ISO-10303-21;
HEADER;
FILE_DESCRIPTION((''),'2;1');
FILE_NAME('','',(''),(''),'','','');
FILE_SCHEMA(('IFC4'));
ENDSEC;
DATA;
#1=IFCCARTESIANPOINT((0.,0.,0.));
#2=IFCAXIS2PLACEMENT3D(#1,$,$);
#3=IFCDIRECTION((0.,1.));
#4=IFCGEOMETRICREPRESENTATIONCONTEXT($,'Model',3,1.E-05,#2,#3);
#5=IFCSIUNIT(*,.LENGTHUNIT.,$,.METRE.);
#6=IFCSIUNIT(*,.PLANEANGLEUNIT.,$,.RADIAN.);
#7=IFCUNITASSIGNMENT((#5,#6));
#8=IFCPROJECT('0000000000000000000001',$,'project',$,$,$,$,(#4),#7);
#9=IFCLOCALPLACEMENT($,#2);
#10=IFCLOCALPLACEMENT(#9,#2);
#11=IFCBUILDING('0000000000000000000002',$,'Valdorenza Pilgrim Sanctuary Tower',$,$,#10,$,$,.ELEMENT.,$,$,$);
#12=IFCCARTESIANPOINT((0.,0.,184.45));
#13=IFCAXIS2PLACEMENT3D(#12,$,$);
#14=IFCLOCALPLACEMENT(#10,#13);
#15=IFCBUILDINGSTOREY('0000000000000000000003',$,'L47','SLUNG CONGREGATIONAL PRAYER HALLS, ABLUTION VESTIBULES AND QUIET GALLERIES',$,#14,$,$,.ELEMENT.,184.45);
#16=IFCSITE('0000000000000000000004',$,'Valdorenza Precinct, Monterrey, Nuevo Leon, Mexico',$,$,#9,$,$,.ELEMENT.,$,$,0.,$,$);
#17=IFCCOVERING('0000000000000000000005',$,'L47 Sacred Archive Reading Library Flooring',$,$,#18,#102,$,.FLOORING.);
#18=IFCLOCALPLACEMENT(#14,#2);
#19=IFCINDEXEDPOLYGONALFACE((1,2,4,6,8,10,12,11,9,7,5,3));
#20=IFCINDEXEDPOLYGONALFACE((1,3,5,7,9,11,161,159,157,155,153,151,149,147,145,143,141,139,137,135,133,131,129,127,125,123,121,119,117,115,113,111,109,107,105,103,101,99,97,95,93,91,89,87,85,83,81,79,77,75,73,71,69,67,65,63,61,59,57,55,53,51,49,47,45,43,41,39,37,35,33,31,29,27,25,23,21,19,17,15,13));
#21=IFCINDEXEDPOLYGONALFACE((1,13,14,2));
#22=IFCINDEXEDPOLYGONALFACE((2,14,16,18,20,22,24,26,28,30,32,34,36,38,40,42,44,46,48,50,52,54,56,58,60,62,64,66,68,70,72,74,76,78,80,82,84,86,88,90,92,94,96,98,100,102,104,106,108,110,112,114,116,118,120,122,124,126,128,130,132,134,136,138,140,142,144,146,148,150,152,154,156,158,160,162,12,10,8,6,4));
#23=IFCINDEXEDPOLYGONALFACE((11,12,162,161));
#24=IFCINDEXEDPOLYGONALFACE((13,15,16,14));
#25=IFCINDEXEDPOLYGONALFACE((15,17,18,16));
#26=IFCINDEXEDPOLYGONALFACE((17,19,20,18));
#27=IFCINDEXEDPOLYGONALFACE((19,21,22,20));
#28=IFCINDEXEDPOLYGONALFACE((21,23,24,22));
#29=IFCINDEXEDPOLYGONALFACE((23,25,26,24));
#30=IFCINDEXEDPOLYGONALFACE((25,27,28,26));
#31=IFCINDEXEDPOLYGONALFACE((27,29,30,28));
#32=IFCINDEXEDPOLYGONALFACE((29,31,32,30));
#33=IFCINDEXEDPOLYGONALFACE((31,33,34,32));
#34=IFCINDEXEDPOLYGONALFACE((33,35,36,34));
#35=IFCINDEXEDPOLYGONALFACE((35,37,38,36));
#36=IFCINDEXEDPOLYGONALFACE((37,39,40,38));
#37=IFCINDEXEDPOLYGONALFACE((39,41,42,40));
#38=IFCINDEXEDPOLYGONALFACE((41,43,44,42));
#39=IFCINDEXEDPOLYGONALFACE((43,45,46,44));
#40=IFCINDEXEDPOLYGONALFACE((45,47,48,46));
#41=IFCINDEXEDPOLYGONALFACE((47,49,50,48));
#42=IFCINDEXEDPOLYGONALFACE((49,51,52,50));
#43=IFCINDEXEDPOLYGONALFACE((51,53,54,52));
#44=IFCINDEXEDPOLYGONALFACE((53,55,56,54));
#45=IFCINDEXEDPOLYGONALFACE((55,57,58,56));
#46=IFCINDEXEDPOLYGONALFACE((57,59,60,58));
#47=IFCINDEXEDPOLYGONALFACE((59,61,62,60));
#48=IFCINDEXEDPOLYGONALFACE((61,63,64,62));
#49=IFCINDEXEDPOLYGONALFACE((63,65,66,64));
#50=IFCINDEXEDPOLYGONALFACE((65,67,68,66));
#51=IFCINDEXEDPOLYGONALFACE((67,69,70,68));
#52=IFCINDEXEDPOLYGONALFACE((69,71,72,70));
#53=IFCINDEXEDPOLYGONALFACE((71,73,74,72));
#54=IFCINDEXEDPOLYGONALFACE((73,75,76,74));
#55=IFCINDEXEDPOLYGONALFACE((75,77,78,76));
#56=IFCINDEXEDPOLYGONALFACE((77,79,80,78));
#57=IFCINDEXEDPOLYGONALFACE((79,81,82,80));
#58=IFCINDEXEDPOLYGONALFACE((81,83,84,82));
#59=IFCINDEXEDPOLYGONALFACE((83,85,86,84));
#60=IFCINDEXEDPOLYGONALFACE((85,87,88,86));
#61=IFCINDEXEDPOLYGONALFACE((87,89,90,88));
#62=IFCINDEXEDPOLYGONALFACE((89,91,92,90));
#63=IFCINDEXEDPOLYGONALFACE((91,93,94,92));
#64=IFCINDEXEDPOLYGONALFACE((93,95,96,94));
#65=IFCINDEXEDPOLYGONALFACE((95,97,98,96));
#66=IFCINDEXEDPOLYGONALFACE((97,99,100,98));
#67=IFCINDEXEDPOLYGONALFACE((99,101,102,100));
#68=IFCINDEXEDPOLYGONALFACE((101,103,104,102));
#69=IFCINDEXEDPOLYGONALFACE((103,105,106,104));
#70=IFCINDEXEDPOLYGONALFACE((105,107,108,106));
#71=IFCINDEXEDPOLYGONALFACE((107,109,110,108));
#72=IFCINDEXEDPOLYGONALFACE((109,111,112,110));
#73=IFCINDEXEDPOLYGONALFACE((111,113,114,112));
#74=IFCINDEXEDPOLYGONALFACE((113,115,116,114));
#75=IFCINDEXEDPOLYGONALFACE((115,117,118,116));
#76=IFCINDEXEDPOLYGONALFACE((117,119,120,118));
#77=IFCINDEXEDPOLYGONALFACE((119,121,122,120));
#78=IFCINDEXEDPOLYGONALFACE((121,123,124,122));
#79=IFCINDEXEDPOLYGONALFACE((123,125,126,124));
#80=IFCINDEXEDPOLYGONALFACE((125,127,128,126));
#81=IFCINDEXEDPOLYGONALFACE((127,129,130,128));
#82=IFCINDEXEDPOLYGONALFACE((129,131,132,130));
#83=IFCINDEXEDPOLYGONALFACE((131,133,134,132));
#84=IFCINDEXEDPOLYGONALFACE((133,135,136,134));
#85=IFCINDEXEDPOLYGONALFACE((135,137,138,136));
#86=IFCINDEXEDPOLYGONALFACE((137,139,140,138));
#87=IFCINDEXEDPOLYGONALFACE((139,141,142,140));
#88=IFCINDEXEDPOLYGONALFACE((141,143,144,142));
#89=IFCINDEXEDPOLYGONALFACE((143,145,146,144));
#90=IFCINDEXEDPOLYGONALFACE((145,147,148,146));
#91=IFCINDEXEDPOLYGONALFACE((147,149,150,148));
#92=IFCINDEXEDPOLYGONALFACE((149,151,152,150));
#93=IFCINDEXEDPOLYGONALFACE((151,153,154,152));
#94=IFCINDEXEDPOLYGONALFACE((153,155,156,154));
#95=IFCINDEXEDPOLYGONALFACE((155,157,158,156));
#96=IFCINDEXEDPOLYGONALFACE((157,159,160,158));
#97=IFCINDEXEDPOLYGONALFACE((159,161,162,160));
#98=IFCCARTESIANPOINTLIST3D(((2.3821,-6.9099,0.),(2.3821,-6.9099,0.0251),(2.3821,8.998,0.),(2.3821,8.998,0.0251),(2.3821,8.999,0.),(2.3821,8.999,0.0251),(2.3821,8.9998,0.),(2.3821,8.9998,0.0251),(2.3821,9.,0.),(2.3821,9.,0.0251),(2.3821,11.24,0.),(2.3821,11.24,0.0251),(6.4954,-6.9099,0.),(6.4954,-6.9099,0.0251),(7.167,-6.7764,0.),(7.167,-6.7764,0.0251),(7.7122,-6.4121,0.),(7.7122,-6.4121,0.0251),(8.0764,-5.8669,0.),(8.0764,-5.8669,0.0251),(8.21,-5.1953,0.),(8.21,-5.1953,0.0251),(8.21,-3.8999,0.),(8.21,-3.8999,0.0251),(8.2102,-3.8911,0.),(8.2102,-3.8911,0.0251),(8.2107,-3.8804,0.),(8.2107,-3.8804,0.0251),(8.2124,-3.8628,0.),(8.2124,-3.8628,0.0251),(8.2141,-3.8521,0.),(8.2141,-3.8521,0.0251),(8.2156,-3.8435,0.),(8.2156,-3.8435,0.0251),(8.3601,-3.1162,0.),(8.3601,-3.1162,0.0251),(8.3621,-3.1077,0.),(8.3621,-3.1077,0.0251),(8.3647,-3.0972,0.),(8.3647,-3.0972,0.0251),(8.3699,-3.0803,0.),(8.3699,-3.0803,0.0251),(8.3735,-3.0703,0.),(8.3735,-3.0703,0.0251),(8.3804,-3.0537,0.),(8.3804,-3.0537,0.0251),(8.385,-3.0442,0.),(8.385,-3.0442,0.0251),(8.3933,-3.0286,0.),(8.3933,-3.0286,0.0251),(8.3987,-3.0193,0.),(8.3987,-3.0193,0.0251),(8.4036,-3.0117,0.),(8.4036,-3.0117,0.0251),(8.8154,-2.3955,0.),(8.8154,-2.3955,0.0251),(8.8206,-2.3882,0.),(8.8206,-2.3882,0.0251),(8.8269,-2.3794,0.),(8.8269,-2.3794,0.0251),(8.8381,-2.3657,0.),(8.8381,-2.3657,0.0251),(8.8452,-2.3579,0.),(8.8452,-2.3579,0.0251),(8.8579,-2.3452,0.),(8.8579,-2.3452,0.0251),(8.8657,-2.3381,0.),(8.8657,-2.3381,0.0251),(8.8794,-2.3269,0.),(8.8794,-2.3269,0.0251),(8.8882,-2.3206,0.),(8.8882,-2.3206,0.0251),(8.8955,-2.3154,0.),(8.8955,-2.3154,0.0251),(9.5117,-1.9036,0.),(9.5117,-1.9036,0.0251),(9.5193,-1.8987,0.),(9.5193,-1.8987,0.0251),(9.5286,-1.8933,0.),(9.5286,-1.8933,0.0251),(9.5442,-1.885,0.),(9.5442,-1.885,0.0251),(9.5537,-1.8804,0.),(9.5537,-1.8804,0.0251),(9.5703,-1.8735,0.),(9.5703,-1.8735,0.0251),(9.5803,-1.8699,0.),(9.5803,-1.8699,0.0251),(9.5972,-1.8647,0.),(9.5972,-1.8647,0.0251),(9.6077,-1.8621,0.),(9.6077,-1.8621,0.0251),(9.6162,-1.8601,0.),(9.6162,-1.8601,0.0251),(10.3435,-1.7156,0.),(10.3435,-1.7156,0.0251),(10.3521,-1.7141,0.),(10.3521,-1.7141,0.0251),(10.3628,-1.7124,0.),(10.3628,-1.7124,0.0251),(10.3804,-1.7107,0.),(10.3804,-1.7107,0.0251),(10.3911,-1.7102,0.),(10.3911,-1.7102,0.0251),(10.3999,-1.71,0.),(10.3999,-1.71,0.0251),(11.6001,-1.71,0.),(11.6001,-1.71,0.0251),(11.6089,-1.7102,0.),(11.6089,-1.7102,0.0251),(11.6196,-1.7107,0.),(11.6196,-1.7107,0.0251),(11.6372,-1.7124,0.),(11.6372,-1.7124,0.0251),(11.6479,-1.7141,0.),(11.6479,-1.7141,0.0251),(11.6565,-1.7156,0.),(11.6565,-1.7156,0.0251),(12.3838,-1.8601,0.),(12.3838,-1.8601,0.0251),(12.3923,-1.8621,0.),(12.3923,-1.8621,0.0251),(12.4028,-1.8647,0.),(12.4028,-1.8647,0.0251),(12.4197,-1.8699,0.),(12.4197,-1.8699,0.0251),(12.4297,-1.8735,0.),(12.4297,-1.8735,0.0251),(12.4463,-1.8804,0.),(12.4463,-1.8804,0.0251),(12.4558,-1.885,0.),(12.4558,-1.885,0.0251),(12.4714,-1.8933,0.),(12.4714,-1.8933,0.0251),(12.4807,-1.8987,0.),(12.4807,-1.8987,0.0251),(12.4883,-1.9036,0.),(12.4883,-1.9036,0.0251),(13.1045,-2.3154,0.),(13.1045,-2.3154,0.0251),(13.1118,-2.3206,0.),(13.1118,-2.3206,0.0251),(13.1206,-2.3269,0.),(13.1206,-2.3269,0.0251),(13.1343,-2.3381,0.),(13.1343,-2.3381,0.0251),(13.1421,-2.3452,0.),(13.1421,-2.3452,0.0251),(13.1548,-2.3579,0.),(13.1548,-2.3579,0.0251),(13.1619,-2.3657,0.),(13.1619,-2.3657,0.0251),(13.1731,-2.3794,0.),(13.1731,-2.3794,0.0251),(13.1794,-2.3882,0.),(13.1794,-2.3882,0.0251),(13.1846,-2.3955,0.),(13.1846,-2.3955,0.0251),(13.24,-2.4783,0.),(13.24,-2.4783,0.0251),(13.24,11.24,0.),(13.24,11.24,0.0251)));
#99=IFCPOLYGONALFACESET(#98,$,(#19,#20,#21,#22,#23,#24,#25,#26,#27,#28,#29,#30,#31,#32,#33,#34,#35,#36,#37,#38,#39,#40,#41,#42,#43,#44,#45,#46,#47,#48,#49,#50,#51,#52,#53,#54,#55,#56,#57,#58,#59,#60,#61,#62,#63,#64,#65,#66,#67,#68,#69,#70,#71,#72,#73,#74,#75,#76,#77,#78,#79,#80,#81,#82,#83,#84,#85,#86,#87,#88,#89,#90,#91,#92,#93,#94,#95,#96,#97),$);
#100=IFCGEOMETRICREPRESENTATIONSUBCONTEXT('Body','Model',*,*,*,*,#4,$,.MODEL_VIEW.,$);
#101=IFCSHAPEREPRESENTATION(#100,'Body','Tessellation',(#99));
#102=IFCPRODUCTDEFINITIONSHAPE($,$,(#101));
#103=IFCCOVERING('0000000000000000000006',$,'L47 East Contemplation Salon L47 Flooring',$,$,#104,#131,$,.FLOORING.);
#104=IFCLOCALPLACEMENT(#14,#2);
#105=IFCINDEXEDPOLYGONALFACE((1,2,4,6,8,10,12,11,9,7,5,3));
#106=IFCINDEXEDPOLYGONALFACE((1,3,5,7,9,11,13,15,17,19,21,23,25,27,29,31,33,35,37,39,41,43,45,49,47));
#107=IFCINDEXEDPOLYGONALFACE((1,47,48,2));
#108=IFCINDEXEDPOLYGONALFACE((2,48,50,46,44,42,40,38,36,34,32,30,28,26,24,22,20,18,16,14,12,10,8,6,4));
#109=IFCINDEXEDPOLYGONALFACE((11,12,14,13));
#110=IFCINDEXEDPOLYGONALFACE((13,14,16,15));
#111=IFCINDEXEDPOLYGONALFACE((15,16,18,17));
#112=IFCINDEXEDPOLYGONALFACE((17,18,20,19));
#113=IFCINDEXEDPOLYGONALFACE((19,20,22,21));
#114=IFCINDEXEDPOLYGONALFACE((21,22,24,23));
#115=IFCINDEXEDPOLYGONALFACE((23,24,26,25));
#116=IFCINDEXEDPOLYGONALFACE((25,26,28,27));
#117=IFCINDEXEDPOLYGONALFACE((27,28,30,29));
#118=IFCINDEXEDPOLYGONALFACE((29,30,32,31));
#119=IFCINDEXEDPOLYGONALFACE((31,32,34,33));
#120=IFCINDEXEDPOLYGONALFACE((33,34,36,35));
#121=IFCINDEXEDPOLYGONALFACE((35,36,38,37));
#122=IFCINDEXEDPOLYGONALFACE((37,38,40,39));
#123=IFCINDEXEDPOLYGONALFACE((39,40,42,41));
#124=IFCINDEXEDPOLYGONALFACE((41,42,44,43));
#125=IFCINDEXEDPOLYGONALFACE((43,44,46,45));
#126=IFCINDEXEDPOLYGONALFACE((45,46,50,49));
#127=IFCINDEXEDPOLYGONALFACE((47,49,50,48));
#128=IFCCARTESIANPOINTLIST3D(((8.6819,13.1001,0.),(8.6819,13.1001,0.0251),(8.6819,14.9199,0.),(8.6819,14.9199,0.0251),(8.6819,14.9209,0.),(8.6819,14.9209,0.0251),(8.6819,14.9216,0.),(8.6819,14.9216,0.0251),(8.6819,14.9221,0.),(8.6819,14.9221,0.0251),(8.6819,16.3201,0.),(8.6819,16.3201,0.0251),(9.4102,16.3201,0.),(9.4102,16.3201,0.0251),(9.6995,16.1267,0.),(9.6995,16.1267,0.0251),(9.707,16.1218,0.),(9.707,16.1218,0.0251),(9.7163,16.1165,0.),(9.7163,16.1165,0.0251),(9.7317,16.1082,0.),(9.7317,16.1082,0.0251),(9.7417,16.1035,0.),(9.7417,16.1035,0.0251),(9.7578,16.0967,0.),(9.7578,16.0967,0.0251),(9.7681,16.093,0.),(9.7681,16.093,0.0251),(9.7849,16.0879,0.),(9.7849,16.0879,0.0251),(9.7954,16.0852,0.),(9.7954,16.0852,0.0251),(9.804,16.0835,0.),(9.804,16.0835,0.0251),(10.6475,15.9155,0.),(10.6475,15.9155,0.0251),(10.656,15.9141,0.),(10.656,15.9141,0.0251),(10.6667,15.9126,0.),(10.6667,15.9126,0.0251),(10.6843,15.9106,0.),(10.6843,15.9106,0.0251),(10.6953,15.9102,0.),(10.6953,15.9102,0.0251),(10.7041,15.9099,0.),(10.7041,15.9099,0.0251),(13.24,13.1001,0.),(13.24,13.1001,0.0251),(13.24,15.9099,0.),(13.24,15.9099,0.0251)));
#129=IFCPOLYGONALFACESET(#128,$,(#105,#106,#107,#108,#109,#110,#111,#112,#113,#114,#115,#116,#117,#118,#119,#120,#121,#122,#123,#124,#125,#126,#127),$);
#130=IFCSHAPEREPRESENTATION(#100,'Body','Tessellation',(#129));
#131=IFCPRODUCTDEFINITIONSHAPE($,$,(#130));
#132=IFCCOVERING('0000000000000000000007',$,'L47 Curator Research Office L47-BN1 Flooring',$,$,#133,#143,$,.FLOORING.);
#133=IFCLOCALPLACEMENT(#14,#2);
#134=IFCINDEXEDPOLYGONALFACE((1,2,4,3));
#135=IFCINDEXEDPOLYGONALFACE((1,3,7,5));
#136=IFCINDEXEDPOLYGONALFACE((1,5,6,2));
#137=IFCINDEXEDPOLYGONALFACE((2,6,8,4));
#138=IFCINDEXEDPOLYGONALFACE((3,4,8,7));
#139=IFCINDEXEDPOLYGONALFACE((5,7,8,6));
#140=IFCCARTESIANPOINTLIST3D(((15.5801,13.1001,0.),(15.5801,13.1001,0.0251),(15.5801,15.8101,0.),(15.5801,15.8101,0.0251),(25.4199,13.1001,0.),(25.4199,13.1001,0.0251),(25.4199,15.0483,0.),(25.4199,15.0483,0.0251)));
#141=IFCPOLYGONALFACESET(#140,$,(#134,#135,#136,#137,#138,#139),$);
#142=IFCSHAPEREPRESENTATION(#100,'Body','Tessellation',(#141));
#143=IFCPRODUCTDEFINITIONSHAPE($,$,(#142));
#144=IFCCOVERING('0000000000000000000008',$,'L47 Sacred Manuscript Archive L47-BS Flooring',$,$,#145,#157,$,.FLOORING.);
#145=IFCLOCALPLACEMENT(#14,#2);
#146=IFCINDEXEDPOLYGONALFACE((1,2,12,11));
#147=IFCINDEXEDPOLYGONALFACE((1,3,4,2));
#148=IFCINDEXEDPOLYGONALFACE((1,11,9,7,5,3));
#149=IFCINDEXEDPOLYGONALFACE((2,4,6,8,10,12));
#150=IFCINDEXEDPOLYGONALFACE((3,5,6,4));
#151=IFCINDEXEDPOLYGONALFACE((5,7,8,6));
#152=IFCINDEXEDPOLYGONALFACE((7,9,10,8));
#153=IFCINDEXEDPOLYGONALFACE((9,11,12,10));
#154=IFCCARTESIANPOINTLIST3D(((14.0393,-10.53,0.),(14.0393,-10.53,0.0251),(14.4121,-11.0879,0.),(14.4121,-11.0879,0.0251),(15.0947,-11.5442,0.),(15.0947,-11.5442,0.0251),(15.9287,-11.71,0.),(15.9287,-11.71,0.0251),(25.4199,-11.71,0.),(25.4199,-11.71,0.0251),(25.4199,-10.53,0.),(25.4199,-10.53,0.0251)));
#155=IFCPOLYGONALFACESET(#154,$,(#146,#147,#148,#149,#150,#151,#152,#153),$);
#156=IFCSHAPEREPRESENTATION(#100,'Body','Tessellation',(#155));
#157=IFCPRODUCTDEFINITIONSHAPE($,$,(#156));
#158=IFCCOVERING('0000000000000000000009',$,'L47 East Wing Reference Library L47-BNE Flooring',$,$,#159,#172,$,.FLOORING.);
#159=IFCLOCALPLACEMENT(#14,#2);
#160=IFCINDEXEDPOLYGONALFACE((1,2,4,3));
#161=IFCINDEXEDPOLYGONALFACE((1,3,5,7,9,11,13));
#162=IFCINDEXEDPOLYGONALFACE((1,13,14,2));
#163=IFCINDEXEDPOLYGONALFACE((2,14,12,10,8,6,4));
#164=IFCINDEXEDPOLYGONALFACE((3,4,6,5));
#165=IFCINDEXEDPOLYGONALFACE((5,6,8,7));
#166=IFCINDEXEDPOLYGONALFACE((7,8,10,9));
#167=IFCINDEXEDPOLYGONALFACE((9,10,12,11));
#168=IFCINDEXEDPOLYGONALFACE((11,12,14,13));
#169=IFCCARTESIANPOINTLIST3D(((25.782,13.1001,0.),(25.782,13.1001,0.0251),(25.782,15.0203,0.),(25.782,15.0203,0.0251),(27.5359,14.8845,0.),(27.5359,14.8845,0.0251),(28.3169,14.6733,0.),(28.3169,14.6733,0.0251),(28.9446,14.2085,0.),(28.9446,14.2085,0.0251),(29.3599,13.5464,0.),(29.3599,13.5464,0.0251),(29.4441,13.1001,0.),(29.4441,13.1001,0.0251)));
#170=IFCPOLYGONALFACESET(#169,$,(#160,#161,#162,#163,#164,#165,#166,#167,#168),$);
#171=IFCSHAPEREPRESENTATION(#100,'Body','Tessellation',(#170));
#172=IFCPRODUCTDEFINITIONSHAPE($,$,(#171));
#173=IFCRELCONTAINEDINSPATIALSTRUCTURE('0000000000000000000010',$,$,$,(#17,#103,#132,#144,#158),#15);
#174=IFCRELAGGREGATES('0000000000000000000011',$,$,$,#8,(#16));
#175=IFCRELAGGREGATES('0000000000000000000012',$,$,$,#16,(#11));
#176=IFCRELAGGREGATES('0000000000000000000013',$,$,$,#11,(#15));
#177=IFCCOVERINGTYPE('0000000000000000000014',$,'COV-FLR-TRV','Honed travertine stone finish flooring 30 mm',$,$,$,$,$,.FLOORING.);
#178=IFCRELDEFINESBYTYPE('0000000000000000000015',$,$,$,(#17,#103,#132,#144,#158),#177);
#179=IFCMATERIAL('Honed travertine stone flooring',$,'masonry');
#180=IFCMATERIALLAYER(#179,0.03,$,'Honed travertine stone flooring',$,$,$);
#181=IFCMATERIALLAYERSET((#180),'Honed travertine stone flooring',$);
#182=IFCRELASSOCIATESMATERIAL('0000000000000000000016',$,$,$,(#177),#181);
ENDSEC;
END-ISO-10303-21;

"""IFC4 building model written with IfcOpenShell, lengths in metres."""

from ifc_helpers import new_model, si_unit, direction, frame, origin, place, context, subcontext, project, spatial, polyline, outline, extrude, material, layer, layer_set, type_object, element, save


model = new_model("IFC4")

# Units and contexts
model_context = context("Model", 3, precision=1e-05, world=origin(), true_north=direction((0.0, 1.0)))
body_context = subcontext(model_context, "Body", "Model", "MODEL_VIEW")
ifc_project = project(units=[si_unit("LENGTHUNIT", "METRE"), si_unit("PLANEANGLEUNIT", "RADIAN")], contexts=[model_context])

# Site, building, storey
site_placement = place(None, origin())
site = spatial("IfcSite", under=ifc_project, at=site_placement, Name="Valdorenza Precinct, Monterrey, Nuevo Leon, Mexico", CompositionType="ELEMENT", RefElevation=0.0)
building_placement = place(site_placement, origin())
building = spatial("IfcBuilding", under=site, at=building_placement, Name="Valdorenza Pilgrim Sanctuary Tower", CompositionType="ELEMENT")
storey_placement = place(building_placement, frame((0.0, 0.0, 184.45)))
storey = spatial("IfcBuildingStorey", under=building, at=storey_placement, Name="L47", Description="SLUNG CONGREGATIONAL PRAYER HALLS, ABLUTION VESTIBULES AND QUIET GALLERIES", CompositionType="ELEMENT", Elevation=184.45)

# Coverings
ifc_material_1 = material(Name="Honed travertine stone flooring", Category="masonry")
ifc_layer_1 = layer(ifc_material_1, 0.03, Name="Honed travertine stone flooring")
ifc_layer_set_1 = layer_set([ifc_layer_1], Name="Honed travertine stone flooring")
covering_type_1 = type_object("IfcCoveringType", Name="COV-FLR-TRV", Description="Honed travertine stone finish flooring 30 mm", PredefinedType="FLOORING", material=ifc_layer_set_1)
covering_1_placement = place(storey_placement, origin())
element("IfcCovering", 1, at=covering_1_placement, inside=storey, type_object=covering_type_1, Name="L47 Sacred Archive Reading Library Flooring", PredefinedType="FLOORING", context=body_context, shape_type="SweptSolid", body=[
    extrude(outline(polyline([(2.3821, 8.9998), (2.3821, 9.0), (2.3821, 11.24), (13.24, 11.24), (13.24, -2.4783), (13.1846, -2.3955), (13.1794, -2.3882), (13.1731, -2.3794), (13.1619, -2.3657), (13.1548, -2.3579), (13.1421, -2.3452), (13.1343, -2.3381), (13.1206, -2.3269), (13.1118, -2.3206), (13.1045, -2.3154), (12.4883, -1.9036), (12.4807, -1.8987), (12.4714, -1.8933), (12.4558, -1.885), (12.4463, -1.8804), (12.4297, -1.8735), (12.4197, -1.8699), (12.4028, -1.8647), (12.3923, -1.8621), (12.3838, -1.8601), (11.6565, -1.7156), (11.6479, -1.7141), (11.6372, -1.7124), (11.6196, -1.7107), (11.6089, -1.7102), (11.6001, -1.71), (10.3999, -1.71), (10.3911, -1.7102), (10.3804, -1.7107), (10.3628, -1.7124), (10.3521, -1.7141), (10.3435, -1.7156), (9.6162, -1.8601), (9.6077, -1.8621), (9.5972, -1.8647), (9.5803, -1.8699), (9.5703, -1.8735), (9.5537, -1.8804), (9.5442, -1.885), (9.5286, -1.8933), (9.5193, -1.8987), (9.5117, -1.9036), (8.8955, -2.3154), (8.8882, -2.3206), (8.8794, -2.3269), (8.8657, -2.3381), (8.8579, -2.3452), (8.8452, -2.3579), (8.8381, -2.3657), (8.8269, -2.3794), (8.8206, -2.3882), (8.8154, -2.3955), (8.4036, -3.0117), (8.3987, -3.0193), (8.3933, -3.0286), (8.385, -3.0442), (8.3804, -3.0537), (8.3735, -3.0703), (8.3699, -3.0803), (8.3647, -3.0972), (8.3621, -3.1077), (8.3601, -3.1162), (8.2156, -3.8435), (8.2141, -3.8521), (8.2124, -3.8628), (8.2107, -3.8804), (8.2102, -3.8911), (8.21, -3.8999), (8.21, -5.1953), (8.0764, -5.8669), (7.7122, -6.4121), (7.167, -6.7764), (6.4954, -6.9099), (2.3821, -6.9099), (2.3821, 8.998), (2.3821, 8.999), (2.3821, 8.9998)])), origin(), (0.0, 0.0, 1.0), 0.0251),
])
covering_2_placement = place(storey_placement, origin())
element("IfcCovering", 2, at=covering_2_placement, inside=storey, type_object=covering_type_1, Name="L47 East Contemplation Salon L47 Flooring", PredefinedType="FLOORING", context=body_context, shape_type="SweptSolid", body=[
    extrude(outline(polyline([(8.6819, 14.9216), (8.6819, 14.9221), (8.6819, 16.3201), (9.4102, 16.3201), (9.6995, 16.1267), (9.707, 16.1218), (9.7163, 16.1165), (9.7317, 16.1082), (9.7417, 16.1035), (9.7578, 16.0967), (9.7681, 16.093), (9.7849, 16.0879), (9.7954, 16.0852), (9.804, 16.0835), (10.6475, 15.9155), (10.656, 15.9141), (10.6667, 15.9126), (10.6843, 15.9106), (10.6953, 15.9102), (10.7041, 15.9099), (13.24, 15.9099), (13.24, 13.1001), (8.6819, 13.1001), (8.6819, 14.9199), (8.6819, 14.9209), (8.6819, 14.9216)])), origin(), (0.0, 0.0, 1.0), 0.0251),
])
covering_3_placement = place(storey_placement, origin())
element("IfcCovering", 3, at=covering_3_placement, inside=storey, type_object=covering_type_1, Name="L47 Curator Research Office L47-BN1 Flooring", PredefinedType="FLOORING", context=body_context, shape_type="SweptSolid", body=[
    extrude(outline(polyline([(15.5801, 13.1001), (15.5801, 15.8101), (25.4199, 15.0483), (25.4199, 13.1001), (15.5801, 13.1001)])), origin(), (0.0, 0.0, 1.0), 0.0251),
])
covering_4_placement = place(storey_placement, origin())
element("IfcCovering", 4, at=covering_4_placement, inside=storey, type_object=covering_type_1, Name="L47 Sacred Manuscript Archive L47-BS Flooring", PredefinedType="FLOORING", context=body_context, shape_type="SweptSolid", body=[
    extrude(outline(polyline([(14.0393, -10.53), (25.4199, -10.53), (25.4199, -11.71), (15.9287, -11.71), (15.0947, -11.5442), (14.4121, -11.0879), (14.0393, -10.53)])), origin(), (0.0, 0.0, 1.0), 0.0251),
])
covering_5_placement = place(storey_placement, origin())
element("IfcCovering", 5, at=covering_5_placement, inside=storey, type_object=covering_type_1, Name="L47 East Wing Reference Library L47-BNE Flooring", PredefinedType="FLOORING", context=body_context, shape_type="SweptSolid", body=[
    extrude(outline(polyline([(27.5359, 14.8845), (28.3169, 14.6733), (28.9446, 14.2085), (29.3599, 13.5464), (29.4441, 13.1001), (25.782, 13.1001), (25.782, 15.0203), (27.5359, 14.8845)])), origin(), (0.0, 0.0, 1.0), 0.0251),
])

save(model, "model.ifc")
